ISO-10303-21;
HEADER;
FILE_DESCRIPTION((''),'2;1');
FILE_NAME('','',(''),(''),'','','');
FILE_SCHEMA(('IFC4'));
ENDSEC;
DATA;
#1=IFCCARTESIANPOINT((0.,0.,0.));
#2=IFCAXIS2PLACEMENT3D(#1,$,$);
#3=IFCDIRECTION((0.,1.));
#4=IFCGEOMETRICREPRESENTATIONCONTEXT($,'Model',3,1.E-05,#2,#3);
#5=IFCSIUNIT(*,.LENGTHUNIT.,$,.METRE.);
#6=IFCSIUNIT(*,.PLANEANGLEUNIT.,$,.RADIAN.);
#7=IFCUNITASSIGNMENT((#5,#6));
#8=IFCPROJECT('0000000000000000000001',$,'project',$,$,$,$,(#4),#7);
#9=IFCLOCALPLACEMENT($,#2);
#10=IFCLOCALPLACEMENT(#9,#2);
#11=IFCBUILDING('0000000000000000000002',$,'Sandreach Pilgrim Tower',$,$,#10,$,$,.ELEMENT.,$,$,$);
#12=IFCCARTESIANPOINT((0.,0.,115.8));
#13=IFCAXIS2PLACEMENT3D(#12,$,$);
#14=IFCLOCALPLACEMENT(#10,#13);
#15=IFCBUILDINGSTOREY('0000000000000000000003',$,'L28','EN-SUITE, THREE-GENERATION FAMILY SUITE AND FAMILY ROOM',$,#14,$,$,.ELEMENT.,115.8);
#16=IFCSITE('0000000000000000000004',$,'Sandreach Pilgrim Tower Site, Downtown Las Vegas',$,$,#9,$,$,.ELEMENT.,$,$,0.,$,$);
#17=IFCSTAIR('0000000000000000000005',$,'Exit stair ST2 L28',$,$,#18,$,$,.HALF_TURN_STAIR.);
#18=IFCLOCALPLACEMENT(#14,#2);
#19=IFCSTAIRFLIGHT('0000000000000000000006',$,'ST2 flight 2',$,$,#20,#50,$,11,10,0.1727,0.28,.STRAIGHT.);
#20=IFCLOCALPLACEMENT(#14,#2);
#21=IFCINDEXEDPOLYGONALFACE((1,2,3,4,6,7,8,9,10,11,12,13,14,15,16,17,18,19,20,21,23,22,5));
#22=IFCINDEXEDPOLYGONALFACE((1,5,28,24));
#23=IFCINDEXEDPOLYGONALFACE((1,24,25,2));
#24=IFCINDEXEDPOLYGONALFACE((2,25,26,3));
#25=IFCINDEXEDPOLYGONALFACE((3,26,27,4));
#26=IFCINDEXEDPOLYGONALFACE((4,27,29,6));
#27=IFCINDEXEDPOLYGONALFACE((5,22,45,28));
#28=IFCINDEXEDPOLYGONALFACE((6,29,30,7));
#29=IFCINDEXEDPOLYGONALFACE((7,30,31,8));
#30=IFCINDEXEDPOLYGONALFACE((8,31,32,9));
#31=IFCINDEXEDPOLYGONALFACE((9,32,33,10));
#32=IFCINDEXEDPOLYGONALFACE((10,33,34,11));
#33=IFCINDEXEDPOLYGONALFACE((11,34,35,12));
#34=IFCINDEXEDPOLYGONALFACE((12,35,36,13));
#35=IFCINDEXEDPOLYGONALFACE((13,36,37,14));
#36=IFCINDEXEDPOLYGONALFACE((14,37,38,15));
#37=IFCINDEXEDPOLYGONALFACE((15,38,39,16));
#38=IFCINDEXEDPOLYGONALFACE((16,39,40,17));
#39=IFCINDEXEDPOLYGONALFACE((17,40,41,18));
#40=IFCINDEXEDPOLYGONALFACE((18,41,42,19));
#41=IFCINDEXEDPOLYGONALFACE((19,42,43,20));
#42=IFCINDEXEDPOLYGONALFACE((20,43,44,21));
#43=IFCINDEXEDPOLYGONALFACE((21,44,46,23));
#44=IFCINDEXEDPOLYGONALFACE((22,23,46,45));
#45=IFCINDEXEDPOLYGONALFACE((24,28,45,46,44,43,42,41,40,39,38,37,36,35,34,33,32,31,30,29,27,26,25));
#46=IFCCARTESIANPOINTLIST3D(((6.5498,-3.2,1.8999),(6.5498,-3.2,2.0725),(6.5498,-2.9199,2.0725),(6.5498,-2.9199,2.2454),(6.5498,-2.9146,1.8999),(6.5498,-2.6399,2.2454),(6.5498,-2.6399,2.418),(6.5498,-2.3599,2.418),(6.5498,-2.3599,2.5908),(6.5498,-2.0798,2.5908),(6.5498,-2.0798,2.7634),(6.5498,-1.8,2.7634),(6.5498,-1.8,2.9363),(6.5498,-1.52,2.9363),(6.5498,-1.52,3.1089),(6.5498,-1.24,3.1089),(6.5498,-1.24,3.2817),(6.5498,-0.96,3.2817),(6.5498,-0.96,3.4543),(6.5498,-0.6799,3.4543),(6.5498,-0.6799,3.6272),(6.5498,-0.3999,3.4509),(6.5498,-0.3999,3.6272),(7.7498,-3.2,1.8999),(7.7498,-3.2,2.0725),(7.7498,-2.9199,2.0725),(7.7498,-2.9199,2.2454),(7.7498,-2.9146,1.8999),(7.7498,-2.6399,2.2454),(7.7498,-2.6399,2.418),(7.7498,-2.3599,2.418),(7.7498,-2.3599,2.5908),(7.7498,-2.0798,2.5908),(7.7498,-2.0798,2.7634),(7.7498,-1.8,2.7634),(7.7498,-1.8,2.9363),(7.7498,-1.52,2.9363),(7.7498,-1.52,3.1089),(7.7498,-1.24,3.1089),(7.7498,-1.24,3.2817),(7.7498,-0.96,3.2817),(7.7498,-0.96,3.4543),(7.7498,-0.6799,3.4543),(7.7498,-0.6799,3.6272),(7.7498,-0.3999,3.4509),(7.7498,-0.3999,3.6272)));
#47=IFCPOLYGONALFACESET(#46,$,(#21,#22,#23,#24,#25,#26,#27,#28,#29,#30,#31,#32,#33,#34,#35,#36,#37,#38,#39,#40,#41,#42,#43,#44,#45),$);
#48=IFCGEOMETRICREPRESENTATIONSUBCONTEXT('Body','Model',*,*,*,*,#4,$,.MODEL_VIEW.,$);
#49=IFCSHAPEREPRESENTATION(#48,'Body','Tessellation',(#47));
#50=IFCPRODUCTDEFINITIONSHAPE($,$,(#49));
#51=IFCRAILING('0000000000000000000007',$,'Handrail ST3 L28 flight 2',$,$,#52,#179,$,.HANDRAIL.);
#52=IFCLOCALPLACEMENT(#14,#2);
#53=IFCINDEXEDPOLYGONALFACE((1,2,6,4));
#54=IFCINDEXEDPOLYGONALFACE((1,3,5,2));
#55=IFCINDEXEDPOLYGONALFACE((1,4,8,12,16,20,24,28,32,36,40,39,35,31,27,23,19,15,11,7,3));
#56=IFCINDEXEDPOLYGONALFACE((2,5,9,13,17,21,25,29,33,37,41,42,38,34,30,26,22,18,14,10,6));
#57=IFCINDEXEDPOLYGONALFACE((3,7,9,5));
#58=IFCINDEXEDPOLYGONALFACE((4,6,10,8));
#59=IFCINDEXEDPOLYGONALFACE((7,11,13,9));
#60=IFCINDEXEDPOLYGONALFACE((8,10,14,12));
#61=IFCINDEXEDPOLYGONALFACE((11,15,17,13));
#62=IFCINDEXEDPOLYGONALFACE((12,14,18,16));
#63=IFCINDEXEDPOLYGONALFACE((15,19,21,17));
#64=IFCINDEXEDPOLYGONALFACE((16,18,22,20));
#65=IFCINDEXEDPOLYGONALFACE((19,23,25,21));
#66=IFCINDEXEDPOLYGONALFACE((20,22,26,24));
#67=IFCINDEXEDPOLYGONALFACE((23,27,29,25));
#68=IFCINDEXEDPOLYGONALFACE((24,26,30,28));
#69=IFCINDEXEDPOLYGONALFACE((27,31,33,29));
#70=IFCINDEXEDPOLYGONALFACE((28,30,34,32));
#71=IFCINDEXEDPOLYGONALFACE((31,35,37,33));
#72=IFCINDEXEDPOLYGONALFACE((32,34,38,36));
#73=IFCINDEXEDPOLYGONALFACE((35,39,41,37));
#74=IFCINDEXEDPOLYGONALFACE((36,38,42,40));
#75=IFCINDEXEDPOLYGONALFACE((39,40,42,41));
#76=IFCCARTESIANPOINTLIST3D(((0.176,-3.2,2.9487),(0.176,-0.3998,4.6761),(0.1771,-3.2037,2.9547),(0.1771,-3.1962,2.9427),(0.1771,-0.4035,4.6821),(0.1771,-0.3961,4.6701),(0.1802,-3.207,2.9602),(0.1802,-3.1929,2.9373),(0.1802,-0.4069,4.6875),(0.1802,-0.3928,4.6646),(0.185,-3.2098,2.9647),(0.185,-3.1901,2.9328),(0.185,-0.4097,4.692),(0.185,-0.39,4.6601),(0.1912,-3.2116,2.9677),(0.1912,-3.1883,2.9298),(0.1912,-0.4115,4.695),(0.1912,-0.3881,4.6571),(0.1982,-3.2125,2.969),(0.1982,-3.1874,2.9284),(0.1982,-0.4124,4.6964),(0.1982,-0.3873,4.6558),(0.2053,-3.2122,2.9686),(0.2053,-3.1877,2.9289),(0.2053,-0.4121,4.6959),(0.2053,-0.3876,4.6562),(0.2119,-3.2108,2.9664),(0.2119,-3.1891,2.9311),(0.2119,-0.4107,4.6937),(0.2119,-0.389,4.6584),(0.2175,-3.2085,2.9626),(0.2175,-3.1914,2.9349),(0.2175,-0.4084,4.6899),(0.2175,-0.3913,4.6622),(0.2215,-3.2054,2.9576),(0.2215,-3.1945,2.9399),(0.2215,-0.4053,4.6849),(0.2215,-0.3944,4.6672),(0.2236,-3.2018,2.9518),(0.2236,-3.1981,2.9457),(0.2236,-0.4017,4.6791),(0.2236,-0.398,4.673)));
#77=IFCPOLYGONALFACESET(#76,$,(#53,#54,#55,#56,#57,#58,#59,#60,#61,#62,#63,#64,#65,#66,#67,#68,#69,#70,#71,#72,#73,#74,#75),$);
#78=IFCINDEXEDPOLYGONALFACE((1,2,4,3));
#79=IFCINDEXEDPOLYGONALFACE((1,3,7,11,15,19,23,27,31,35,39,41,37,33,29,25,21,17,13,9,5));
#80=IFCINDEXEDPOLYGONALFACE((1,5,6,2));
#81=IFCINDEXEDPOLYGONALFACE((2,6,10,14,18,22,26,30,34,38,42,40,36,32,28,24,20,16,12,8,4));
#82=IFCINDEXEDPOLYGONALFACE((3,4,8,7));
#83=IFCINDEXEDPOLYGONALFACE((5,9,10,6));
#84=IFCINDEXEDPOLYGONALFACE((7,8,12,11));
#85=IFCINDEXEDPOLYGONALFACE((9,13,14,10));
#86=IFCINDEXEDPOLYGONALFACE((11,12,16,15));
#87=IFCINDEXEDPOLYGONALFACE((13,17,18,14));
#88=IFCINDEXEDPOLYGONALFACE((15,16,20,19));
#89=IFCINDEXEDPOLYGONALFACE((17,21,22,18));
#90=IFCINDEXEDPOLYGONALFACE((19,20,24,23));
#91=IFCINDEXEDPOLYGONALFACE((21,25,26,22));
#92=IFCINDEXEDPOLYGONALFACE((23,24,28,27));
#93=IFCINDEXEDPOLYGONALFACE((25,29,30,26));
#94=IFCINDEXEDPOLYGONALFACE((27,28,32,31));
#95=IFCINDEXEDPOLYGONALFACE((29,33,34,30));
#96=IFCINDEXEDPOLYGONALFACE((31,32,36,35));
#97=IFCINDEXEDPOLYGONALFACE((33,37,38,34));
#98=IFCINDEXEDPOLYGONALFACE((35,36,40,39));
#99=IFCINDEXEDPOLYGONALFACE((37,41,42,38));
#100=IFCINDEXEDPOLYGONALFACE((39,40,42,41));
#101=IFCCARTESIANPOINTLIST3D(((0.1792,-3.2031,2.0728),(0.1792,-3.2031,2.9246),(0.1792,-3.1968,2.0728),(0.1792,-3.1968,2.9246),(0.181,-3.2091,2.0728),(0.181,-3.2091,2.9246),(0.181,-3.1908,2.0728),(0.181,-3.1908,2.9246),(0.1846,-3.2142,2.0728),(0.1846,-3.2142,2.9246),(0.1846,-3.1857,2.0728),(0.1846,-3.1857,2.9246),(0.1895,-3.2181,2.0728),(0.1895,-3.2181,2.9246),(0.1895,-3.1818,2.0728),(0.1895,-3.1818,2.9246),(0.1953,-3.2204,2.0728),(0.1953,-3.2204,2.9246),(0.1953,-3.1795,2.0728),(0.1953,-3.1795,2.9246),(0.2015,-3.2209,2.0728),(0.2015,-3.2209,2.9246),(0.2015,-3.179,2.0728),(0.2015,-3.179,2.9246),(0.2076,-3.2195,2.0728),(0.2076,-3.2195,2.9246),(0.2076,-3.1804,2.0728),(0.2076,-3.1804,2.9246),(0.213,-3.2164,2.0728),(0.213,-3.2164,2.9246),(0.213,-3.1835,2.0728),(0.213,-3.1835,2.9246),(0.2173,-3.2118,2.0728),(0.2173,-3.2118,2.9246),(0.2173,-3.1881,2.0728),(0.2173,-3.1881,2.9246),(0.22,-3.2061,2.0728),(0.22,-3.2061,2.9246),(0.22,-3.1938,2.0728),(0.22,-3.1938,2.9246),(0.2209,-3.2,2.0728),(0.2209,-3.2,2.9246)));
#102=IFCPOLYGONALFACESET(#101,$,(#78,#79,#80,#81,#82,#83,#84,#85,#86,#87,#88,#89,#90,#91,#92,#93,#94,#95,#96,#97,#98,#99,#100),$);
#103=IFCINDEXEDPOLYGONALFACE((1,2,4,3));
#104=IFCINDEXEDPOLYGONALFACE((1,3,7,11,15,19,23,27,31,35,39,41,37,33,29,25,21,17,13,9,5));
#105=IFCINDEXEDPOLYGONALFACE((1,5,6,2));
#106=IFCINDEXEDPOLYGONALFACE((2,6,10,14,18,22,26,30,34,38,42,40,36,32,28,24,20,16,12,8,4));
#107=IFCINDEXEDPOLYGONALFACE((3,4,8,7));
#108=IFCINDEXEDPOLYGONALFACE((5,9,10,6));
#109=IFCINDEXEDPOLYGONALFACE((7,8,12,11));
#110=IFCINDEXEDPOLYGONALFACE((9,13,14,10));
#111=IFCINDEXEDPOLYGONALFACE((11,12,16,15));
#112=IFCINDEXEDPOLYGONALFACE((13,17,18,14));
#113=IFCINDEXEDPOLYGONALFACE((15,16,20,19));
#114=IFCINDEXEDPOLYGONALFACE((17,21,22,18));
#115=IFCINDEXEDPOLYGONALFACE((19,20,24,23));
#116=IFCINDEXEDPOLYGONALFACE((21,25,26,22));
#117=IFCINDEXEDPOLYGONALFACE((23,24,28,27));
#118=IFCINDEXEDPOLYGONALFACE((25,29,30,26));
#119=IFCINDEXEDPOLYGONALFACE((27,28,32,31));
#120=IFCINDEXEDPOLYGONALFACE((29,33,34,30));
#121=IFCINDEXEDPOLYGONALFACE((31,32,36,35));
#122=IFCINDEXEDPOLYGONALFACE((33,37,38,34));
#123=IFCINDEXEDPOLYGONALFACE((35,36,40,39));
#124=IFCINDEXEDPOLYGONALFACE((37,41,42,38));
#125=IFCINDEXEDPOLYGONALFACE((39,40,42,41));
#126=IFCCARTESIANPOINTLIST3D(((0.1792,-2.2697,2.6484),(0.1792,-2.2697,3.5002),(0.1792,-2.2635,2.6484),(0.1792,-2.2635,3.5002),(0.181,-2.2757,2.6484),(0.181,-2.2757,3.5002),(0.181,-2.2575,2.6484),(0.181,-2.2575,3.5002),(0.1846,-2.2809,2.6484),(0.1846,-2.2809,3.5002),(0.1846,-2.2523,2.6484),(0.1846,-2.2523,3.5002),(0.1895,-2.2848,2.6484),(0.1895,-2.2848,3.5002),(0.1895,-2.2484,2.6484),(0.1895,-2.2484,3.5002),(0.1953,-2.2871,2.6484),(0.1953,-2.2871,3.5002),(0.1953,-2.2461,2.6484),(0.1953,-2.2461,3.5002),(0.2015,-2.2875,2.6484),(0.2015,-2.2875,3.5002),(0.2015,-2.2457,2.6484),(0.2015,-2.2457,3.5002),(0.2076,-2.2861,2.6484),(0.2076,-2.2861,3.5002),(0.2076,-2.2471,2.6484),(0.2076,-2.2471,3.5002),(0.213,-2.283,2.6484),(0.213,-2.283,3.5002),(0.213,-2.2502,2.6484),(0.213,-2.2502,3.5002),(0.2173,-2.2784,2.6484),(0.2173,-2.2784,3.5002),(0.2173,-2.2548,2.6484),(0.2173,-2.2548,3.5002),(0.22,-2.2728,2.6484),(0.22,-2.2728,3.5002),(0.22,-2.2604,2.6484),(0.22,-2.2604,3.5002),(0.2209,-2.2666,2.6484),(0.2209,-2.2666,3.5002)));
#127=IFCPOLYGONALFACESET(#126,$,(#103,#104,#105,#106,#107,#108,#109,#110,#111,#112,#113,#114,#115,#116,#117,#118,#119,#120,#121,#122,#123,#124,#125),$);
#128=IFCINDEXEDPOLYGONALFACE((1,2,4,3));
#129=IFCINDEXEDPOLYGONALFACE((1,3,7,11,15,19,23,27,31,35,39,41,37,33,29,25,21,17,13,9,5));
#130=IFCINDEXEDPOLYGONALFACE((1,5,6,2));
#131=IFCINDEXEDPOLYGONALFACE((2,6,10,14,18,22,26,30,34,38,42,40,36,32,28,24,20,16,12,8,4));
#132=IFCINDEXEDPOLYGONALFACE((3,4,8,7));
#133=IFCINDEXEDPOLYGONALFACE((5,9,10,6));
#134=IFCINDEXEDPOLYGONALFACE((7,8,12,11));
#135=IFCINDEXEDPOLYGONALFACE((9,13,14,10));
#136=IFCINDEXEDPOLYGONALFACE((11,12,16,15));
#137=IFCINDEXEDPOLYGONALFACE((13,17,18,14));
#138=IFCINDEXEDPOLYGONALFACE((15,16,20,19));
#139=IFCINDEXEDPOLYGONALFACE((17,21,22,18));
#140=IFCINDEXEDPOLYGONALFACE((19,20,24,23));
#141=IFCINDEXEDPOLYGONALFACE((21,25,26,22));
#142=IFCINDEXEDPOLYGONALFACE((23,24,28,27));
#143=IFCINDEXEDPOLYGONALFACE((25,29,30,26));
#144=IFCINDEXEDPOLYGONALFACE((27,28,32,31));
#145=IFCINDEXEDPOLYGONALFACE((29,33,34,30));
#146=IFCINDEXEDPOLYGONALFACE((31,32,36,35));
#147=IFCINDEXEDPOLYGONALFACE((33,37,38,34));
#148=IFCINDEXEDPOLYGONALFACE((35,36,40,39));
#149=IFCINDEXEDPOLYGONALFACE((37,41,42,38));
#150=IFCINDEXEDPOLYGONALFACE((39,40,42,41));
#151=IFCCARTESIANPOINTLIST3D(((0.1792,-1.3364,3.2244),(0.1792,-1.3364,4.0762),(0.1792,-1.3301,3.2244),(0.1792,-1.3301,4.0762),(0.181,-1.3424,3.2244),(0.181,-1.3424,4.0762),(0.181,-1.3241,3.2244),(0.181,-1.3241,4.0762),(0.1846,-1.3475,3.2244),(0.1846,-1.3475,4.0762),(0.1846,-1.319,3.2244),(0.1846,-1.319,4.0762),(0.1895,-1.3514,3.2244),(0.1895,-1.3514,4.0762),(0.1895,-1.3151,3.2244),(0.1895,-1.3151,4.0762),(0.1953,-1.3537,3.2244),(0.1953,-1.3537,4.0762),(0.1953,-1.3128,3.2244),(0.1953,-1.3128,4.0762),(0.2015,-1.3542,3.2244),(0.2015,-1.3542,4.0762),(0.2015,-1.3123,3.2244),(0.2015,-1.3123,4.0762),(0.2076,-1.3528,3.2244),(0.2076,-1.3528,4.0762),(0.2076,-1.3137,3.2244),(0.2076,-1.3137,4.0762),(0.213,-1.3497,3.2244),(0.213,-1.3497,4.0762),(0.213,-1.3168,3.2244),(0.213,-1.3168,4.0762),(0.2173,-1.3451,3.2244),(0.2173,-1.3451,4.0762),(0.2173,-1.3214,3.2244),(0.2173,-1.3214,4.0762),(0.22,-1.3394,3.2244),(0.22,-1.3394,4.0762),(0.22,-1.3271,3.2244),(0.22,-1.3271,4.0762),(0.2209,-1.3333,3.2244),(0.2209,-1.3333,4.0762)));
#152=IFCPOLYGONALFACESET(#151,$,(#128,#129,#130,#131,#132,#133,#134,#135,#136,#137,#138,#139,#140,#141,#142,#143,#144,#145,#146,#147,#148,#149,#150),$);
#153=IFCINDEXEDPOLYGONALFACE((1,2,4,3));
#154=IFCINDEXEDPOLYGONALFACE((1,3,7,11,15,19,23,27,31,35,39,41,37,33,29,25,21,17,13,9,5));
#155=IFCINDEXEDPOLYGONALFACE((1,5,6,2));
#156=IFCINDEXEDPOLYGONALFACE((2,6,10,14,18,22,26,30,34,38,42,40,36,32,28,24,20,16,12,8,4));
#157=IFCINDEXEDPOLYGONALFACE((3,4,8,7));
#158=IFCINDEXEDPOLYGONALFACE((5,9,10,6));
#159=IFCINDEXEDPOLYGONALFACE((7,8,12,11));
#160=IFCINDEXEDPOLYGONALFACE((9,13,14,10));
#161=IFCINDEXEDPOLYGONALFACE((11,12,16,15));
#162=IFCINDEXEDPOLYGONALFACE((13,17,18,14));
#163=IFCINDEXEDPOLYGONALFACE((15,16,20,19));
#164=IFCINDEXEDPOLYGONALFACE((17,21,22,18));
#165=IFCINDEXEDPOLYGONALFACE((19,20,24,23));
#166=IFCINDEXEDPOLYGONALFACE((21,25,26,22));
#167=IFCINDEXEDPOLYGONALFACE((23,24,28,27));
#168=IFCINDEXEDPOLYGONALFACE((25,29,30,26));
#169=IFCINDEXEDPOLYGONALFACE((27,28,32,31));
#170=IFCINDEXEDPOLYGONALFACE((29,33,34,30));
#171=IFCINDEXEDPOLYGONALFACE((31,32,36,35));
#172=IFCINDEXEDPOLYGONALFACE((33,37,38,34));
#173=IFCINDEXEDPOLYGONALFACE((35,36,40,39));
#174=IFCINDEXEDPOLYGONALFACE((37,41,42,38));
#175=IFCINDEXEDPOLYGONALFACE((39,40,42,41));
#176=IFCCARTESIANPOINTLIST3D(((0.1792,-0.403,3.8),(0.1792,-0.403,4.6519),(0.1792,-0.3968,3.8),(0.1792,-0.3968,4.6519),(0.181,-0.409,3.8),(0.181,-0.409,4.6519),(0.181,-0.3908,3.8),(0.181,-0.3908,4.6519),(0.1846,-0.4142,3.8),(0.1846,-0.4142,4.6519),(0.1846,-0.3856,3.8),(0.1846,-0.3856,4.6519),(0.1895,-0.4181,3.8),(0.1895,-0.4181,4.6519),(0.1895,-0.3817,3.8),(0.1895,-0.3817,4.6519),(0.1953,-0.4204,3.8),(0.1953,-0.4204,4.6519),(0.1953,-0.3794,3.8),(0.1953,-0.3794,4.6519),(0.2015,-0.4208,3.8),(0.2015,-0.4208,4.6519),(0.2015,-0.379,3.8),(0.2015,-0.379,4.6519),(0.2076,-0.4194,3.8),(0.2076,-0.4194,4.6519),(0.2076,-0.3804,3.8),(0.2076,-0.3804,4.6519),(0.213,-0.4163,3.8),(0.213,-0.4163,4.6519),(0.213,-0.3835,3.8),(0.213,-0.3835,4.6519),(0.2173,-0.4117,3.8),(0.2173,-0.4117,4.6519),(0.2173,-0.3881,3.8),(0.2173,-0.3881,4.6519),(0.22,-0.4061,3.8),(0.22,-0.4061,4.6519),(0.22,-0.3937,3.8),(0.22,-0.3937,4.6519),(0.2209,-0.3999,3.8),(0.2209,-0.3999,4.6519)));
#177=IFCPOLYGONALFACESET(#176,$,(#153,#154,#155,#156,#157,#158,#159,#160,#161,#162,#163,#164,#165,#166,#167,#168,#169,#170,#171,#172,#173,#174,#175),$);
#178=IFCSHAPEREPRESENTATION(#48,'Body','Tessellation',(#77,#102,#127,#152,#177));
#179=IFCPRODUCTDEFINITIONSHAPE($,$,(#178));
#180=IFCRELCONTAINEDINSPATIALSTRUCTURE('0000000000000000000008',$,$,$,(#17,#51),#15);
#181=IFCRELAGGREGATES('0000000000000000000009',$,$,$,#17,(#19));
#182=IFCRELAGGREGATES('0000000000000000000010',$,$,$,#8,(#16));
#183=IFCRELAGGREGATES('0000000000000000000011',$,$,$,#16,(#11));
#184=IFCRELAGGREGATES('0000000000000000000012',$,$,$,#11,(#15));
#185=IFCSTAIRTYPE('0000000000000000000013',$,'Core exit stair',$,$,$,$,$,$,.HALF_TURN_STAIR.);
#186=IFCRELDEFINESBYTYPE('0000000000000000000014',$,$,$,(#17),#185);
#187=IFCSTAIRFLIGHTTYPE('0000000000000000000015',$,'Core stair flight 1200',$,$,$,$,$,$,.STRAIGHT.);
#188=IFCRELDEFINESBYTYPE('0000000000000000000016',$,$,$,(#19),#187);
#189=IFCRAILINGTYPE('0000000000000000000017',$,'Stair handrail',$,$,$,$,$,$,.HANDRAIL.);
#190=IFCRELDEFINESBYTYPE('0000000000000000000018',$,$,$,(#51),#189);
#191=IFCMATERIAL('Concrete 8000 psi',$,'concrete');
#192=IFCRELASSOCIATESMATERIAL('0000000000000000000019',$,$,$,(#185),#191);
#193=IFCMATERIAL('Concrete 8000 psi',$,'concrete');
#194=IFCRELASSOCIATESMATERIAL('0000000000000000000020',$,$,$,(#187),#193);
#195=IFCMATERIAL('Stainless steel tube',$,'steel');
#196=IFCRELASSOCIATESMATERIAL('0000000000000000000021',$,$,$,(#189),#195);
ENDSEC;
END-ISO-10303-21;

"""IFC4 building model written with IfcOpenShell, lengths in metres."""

from ifc_helpers import new_model, si_unit, direction, frame, origin, origin_2d, place, context, subcontext, project, spatial, polyline, circle, outline, extrude, material, type_object, element, aggregate, save


model = new_model("IFC4")

# Units and contexts
model_context = context("Model", 3, precision=1e-05, world=origin(), true_north=direction((0.0, 1.0)))
body_context = subcontext(model_context, "Body", "Model", "MODEL_VIEW")
ifc_project = project(units=[si_unit("LENGTHUNIT", "METRE"), si_unit("PLANEANGLEUNIT", "RADIAN")], contexts=[model_context])

# Site, building, storey
site_placement = place(None, origin())
site = spatial("IfcSite", under=ifc_project, at=site_placement, Name="Sandreach Pilgrim Tower Site, Downtown Las Vegas", CompositionType="ELEMENT", RefElevation=0.0)
building_placement = place(site_placement, origin())
building = spatial("IfcBuilding", under=site, at=building_placement, Name="Sandreach Pilgrim Tower", CompositionType="ELEMENT")
storey_placement = place(building_placement, frame((0.0, 0.0, 115.8)))
storey = spatial("IfcBuildingStorey", under=building, at=storey_placement, Name="L28", Description="EN-SUITE, THREE-GENERATION FAMILY SUITE AND FAMILY ROOM", CompositionType="ELEMENT", Elevation=115.8)

# Stair
ifc_material_1 = material(Name="Concrete 8000 psi", Category="concrete")
stair_type = type_object("IfcStairType", Name="Core exit stair", PredefinedType="HALF_TURN_STAIR", material=ifc_material_1)
stair_1_placement = place(storey_placement, origin())
stair_1 = element("IfcStair", 1, at=stair_1_placement, inside=storey, type_object=stair_type, Name="Exit stair ST2 L28", PredefinedType="HALF_TURN_STAIR")

# Stair flight
ifc_material_2 = material(Name="Concrete 8000 psi", Category="concrete")
stair_flight_type = type_object("IfcStairFlightType", Name="Core stair flight 1200", PredefinedType="STRAIGHT", material=ifc_material_2)
stair_flight_1_placement = place(storey_placement, frame((7.1499, -3.2, 1.8999), z_axis=(0.0, 0.0, 1.0), x_axis=(0.0, 1.0, 0.0)))
stair_flight_1 = element("IfcStairFlight", 2, at=stair_flight_1_placement, type_object=stair_flight_type, Name="ST2 flight 2", NumberOfRisers=11, NumberOfTreads=10, PredefinedType="STRAIGHT", RiserHeight=0.1727, TreadLength=0.28, context=body_context, shape_type="SweptSolid", body=[
    extrude(outline(polyline([(0.0, 0.0), (0.0, 0.1726), (0.28, 0.1726), (0.28, 0.3455), (0.5601, 0.3455), (0.5601, 0.5181), (0.8401, 0.5181), (0.8401, 0.6909), (1.1201, 0.6909), (1.1201, 0.8635), (1.3999, 0.8635), (1.3999, 1.0364), (1.6799, 1.0364), (1.6799, 1.209), (1.96, 1.209), (1.96, 1.3818), (2.24, 1.3818), (2.24, 1.5544), (2.52, 1.5544), (2.52, 1.7273), (2.8, 1.7273), (2.8, 1.8999), (2.8, 1.551), (0.2854, 0.0), (0.0, 0.0)])), frame((0.0, 0.6001, 0.0), z_axis=(0.0, -1.0, 0.0), x_axis=(1.0, 0.0, 0.0)), (0.0, 0.0, 1.0), 1.2),
])
aggregate(stair_1, [stair_flight_1])

# Railing
ifc_material_3 = material(Name="Stainless steel tube", Category="steel")
railing_type = type_object("IfcRailingType", Name="Stair handrail", PredefinedType="HANDRAIL", material=ifc_material_3)
for number, where, name in (
    (3, (0.2, -3.2, 2.0728), "Handrail ST3 L28 flight 2"),
):
    element("IfcRailing", number, at=place(storey_placement, frame(where)), inside=storey, type_object=railing_type, Name=name, PredefinedType="HANDRAIL", context=body_context, shape_type="SweptSolid", body=[
        extrude(circle(Radius=0.0239, at=origin_2d()), frame((0.0, 0.0, 0.876), z_axis=(0.0, 0.85109, 0.52502), x_axis=(-1.0, 0.0, 0.0)), (0.0, 0.0, 1.0), 3.29),
        extrude(circle(Radius=0.021, at=origin_2d()), origin(), (0.0, 0.0, 1.0), 0.8518),
        extrude(circle(Radius=0.021, at=origin_2d()), frame((0.0, 0.9333, 0.5757)), (0.0, 0.0, 1.0), 0.8518),
        extrude(circle(Radius=0.021, at=origin_2d()), frame((0.0, 1.8667, 1.1516)), (0.0, 0.0, 1.0), 0.8518),
        extrude(circle(Radius=0.021, at=origin_2d()), frame((0.0, 2.8, 1.7273)), (0.0, 0.0, 1.0), 0.8518),
    ])

save(model, "model.ifc")
